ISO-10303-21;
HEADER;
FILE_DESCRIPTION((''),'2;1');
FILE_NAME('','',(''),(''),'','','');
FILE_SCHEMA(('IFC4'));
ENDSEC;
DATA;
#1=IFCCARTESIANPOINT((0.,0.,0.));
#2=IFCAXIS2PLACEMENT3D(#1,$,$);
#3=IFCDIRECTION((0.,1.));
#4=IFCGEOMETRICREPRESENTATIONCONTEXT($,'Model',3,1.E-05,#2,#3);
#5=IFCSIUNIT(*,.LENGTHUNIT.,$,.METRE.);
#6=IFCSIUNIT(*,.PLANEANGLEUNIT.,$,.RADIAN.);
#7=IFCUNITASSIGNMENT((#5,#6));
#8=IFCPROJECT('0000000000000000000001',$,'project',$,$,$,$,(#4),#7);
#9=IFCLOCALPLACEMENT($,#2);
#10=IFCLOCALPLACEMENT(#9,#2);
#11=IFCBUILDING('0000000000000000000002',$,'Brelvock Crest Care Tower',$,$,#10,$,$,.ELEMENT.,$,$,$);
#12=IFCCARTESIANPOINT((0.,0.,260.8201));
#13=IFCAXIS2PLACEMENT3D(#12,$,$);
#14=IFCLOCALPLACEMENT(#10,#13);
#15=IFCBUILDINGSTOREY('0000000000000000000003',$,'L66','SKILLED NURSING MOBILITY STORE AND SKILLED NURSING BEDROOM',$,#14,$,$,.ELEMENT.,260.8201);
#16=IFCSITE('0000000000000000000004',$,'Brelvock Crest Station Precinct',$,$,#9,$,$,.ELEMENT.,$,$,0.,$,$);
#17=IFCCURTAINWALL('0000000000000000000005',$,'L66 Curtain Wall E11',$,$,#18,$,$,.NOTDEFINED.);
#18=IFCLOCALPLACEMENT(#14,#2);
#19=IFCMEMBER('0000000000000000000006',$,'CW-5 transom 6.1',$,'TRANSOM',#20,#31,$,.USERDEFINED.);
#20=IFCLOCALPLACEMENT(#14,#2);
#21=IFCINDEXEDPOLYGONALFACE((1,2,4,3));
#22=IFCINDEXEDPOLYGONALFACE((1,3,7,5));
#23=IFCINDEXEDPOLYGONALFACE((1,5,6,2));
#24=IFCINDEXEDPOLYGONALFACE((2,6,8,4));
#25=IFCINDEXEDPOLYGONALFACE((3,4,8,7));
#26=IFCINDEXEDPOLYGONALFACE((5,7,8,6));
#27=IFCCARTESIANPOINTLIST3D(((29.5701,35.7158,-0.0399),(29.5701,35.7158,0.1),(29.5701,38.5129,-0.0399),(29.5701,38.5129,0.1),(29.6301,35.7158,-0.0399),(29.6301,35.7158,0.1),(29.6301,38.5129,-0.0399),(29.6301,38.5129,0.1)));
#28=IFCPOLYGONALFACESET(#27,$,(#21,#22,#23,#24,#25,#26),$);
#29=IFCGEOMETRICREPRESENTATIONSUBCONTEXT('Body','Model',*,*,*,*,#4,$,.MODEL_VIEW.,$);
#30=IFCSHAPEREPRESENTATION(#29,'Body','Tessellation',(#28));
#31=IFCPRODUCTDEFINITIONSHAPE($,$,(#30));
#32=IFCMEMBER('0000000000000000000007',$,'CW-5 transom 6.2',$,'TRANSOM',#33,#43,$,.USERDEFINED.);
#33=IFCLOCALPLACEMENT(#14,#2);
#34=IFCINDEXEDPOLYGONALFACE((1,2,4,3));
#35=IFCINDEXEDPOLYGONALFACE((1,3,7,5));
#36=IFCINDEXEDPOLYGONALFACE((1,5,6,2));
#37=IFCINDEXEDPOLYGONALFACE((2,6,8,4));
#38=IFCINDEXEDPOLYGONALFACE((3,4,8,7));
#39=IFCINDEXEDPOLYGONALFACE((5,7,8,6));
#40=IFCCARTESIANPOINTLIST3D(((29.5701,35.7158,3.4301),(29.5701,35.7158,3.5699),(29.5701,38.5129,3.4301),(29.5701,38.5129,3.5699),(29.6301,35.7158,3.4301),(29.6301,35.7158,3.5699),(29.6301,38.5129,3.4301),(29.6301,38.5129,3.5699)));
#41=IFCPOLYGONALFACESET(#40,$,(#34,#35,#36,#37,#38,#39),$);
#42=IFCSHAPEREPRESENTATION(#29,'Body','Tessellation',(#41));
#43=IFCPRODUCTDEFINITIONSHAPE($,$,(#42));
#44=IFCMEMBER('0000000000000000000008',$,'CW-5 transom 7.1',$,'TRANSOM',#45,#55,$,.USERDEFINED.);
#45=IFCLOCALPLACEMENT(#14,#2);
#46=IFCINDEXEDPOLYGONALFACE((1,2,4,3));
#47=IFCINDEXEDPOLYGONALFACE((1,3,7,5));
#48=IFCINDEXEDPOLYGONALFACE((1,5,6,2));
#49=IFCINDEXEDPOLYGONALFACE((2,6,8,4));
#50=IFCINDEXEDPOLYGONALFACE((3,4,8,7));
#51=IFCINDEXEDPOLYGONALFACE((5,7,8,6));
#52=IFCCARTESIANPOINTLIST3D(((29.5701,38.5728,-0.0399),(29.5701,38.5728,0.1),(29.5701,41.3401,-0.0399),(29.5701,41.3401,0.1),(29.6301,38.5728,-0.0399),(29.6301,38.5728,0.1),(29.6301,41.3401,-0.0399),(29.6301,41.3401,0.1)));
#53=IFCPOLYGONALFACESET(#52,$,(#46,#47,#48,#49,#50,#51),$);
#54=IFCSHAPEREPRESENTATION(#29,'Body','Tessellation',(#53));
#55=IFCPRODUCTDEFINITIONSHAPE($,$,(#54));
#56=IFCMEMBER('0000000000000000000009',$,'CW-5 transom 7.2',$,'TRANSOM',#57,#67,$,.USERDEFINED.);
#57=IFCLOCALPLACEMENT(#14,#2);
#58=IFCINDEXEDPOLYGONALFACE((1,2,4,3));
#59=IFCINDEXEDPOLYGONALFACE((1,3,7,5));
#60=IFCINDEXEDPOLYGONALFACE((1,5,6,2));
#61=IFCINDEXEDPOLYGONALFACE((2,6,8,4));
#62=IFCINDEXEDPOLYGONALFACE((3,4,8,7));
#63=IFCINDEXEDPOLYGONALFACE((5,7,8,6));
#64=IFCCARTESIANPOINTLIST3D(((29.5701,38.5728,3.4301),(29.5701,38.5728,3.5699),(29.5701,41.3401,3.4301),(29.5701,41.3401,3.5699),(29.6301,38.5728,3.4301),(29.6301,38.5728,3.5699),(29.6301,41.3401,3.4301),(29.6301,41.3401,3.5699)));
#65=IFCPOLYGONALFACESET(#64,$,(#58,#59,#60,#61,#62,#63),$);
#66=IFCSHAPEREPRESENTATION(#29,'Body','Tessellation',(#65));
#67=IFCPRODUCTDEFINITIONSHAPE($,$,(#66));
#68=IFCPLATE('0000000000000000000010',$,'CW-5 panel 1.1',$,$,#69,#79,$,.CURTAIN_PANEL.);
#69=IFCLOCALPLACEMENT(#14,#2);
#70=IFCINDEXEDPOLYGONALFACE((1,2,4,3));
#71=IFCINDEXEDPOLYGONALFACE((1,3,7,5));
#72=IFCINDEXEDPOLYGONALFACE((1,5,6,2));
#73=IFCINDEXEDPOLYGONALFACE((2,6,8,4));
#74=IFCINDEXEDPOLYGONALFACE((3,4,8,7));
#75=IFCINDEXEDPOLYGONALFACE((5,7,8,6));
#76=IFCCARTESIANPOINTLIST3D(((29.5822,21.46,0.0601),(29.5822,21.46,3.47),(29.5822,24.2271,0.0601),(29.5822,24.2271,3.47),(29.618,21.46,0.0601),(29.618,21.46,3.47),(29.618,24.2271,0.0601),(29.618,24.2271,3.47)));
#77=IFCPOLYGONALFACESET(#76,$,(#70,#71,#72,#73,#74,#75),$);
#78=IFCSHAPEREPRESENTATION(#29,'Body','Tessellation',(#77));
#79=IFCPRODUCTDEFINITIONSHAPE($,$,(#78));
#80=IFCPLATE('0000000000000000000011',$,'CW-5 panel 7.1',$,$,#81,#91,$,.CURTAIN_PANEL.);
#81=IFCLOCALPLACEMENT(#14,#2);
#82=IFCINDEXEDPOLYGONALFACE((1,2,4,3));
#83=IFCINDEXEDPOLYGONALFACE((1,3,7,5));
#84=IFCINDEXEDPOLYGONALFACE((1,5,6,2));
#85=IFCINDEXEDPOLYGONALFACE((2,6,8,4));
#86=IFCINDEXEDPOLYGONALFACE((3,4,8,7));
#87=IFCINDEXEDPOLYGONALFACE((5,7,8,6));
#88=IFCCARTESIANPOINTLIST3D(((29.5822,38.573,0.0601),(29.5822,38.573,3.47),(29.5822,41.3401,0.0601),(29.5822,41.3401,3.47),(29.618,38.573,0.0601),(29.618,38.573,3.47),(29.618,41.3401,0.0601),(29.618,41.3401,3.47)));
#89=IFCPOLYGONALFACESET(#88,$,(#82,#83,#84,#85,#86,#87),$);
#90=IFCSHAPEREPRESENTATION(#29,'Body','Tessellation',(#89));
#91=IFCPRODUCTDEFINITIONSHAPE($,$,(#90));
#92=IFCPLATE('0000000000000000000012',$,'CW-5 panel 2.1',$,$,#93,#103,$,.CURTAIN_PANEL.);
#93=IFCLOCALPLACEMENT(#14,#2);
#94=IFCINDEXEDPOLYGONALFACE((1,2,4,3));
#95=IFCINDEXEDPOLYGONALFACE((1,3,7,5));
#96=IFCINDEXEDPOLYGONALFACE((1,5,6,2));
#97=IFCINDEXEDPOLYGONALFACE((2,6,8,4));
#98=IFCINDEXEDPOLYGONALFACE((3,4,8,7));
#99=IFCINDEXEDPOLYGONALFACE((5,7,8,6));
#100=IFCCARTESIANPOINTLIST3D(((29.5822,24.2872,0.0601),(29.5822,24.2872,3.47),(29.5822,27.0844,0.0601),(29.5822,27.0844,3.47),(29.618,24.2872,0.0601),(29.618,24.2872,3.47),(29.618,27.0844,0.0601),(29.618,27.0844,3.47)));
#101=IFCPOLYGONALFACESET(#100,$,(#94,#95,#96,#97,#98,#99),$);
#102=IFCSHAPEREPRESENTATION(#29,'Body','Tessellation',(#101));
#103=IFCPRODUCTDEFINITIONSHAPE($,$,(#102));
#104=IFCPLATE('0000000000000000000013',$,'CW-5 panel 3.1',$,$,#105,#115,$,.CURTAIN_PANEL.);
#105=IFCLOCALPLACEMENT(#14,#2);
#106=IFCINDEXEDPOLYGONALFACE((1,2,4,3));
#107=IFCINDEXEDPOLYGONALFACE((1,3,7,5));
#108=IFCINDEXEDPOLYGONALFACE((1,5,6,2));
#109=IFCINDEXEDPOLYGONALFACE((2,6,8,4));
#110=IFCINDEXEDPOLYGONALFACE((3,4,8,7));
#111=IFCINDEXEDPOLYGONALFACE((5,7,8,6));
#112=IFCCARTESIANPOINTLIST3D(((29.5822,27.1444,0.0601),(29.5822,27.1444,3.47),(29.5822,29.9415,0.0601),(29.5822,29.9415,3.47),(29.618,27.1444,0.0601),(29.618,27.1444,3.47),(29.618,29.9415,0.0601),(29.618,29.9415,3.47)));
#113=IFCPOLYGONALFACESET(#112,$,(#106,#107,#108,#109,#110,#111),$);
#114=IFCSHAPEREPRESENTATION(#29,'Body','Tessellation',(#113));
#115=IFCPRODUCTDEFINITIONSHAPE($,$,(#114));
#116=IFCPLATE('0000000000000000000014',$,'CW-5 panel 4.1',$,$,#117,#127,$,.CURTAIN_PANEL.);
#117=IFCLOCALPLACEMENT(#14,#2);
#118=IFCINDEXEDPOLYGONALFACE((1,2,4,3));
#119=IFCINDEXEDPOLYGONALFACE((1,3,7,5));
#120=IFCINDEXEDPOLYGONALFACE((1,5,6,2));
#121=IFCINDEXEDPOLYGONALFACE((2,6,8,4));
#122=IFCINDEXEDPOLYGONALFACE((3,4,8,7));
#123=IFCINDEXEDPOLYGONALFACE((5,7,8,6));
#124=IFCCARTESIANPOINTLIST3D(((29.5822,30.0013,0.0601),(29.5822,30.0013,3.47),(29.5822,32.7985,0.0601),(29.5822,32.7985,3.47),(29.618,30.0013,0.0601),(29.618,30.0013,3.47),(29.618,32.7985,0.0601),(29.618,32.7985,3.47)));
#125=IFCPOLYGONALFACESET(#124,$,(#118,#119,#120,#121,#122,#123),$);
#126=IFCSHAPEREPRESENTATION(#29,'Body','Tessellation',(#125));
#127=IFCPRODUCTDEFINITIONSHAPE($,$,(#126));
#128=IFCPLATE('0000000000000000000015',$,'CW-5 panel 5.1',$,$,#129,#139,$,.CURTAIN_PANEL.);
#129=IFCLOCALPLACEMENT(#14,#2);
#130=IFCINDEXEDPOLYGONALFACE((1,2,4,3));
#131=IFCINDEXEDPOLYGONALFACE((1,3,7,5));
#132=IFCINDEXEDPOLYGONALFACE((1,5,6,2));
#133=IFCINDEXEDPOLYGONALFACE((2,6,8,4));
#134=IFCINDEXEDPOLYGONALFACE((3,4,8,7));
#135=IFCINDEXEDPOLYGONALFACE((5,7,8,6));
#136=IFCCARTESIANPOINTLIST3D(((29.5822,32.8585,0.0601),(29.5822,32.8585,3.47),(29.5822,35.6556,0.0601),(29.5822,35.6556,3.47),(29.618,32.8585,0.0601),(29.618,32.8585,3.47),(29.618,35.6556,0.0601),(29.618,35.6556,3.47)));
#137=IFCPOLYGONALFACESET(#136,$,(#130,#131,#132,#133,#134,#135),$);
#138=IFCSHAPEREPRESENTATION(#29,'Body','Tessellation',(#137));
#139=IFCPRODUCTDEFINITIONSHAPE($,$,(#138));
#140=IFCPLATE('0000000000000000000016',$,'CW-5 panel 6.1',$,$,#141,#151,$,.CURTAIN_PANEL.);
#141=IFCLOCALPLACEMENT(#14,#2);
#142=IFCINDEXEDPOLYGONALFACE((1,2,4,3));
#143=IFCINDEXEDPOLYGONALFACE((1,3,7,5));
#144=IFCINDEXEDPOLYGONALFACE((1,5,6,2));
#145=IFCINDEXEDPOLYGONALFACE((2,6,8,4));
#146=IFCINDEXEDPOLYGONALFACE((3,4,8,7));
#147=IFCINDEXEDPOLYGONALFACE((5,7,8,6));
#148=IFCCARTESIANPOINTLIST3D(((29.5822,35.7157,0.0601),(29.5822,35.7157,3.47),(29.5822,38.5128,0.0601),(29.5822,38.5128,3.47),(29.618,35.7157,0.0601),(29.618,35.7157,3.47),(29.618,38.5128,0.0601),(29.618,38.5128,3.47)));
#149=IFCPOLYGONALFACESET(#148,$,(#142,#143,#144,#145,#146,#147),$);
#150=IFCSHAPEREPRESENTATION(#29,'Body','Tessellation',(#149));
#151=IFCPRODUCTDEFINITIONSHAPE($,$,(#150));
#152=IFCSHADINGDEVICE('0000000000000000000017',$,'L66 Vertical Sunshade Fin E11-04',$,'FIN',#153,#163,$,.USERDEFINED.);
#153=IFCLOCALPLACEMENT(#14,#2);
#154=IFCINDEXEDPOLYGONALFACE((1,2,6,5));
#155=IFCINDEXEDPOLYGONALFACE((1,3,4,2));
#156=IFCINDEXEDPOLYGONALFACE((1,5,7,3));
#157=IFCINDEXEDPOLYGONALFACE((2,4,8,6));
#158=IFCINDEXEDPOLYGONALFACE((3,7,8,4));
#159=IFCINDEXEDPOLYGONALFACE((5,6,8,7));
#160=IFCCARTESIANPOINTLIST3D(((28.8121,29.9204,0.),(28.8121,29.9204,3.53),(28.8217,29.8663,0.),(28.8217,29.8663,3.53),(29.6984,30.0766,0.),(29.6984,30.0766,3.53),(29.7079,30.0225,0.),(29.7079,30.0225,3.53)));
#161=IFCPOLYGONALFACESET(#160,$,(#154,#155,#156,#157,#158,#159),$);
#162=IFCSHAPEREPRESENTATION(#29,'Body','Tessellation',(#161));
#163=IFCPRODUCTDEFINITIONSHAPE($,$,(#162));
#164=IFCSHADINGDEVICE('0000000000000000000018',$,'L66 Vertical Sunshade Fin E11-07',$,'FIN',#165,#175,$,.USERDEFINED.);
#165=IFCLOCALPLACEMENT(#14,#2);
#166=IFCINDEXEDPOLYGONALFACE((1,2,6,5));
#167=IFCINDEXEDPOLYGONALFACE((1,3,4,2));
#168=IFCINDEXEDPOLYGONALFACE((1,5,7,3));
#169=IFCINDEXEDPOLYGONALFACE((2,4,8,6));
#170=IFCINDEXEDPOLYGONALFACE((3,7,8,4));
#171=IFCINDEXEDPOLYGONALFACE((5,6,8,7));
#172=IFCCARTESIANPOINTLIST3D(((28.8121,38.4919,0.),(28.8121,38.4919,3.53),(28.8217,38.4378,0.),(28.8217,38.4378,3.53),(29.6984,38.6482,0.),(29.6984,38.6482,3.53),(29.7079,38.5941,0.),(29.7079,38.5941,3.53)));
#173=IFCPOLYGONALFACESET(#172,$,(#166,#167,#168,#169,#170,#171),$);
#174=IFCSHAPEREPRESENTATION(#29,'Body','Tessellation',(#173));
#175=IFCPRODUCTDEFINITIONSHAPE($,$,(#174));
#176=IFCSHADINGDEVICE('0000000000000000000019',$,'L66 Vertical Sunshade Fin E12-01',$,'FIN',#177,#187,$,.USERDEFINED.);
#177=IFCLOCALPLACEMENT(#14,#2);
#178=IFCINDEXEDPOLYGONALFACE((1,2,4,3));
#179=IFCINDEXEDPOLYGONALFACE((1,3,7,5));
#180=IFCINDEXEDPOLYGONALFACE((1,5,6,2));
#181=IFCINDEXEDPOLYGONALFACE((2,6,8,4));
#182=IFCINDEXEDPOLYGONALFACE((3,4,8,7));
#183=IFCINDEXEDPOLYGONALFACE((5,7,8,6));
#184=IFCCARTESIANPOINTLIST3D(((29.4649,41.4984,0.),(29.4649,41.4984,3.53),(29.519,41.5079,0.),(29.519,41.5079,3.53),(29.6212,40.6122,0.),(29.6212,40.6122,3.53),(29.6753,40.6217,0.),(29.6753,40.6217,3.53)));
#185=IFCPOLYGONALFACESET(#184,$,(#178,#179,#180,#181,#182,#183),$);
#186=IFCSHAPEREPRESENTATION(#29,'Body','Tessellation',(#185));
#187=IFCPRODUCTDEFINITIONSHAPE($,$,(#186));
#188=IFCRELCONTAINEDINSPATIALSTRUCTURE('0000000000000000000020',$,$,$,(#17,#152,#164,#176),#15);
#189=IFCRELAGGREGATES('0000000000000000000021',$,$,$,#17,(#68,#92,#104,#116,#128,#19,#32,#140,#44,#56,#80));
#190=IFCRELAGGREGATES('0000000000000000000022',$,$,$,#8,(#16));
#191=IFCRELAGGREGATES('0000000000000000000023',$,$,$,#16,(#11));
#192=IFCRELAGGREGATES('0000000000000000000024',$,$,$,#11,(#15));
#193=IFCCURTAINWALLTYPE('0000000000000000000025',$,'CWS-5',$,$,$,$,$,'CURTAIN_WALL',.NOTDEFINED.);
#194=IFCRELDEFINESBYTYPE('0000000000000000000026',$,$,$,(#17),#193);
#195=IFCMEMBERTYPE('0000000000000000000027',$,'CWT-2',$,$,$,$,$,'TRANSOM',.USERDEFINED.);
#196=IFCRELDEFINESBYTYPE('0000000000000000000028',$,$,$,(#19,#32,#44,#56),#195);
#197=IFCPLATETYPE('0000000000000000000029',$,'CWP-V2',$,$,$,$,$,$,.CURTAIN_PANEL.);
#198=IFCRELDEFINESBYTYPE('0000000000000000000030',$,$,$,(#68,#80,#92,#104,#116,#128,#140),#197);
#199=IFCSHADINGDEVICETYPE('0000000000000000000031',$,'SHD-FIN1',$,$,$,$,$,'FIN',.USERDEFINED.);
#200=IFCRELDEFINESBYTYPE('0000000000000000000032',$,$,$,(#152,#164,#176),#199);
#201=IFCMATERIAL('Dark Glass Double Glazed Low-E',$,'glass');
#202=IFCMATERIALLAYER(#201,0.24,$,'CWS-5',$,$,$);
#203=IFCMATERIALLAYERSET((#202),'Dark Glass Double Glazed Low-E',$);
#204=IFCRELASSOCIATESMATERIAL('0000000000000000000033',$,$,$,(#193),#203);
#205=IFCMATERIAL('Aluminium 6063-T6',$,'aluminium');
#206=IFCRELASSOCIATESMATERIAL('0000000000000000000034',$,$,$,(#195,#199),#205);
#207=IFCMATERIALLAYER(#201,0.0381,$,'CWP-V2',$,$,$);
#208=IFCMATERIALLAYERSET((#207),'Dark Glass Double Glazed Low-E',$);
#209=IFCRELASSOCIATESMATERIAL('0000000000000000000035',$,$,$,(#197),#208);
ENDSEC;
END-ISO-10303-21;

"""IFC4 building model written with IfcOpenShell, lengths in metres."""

from ifc_helpers import new_model, si_unit, direction, frame, origin, origin_2d, place, context, subcontext, project, spatial, rectangle, extrude, source, transform, mapped, material, layer, layer_set, material_profile, profile_set, type_object, element, aggregate, save


model = new_model("IFC4")

# Units and contexts
model_context = context("Model", 3, precision=1e-05, world=origin(), true_north=direction((0.0, 1.0)))
body_context = subcontext(model_context, "Body", "Model", "MODEL_VIEW")
ifc_project = project(units=[si_unit("LENGTHUNIT", "METRE"), si_unit("PLANEANGLEUNIT", "RADIAN")], contexts=[model_context])

# Site, building, storey
site_placement = place(None, origin())
site = spatial("IfcSite", under=ifc_project, at=site_placement, Name="Brelvock Crest Station Precinct", CompositionType="ELEMENT", RefElevation=0.0)
building_placement = place(site_placement, origin())
building = spatial("IfcBuilding", under=site, at=building_placement, Name="Brelvock Crest Care Tower", CompositionType="ELEMENT")
storey_placement = place(building_placement, frame((0.0, 0.0, 260.8201)))
storey = spatial("IfcBuildingStorey", under=building, at=storey_placement, Name="L66", Description="SKILLED NURSING MOBILITY STORE AND SKILLED NURSING BEDROOM", CompositionType="ELEMENT", Elevation=260.8201)

# Curtain wall, members, plates
ifc_material_1 = material(Name="Dark Glass Double Glazed Low-E", Category="glass")
ifc_layer_1 = layer(ifc_material_1, 0.24, Name="CWS-5")
ifc_layer_set_1 = layer_set([ifc_layer_1], Name="Dark Glass Double Glazed Low-E")
curtain_wall_type = type_object("IfcCurtainWallType", Name="CWS-5", ElementType="CURTAIN_WALL", PredefinedType="NOTDEFINED", material=ifc_layer_set_1)
curtain_wall_placement = place(storey_placement, origin())
curtain_wall = element("IfcCurtainWall", 1, at=curtain_wall_placement, inside=storey, type_object=curtain_wall_type, Name="L66 Curtain Wall E11", PredefinedType="NOTDEFINED")
ifc_material_2 = material(Name="Aluminium 6063-T6", Category="aluminium")
ifc_material_profile_1 = material_profile(ifc_material_2, rectangle(XDim=0.0601, YDim=0.1399, at=origin_2d()), Name="ALU60x140")
ifc_profile_set_1 = profile_set([ifc_material_profile_1], Name="Aluminium 6063-T6")
member_type_1 = type_object("IfcMemberType", Name="CWT-2", ElementType="TRANSOM", PredefinedType="USERDEFINED", material=ifc_profile_set_1)
shared_shape_1 = source(origin(), body_context, "Body", "SweptSolid", [
    extrude(rectangle(XDim=0.0601, YDim=0.1399, at=origin_2d()), origin(), (0.0, 0.0, 1.0), 2.7971),
])
member_1_placement = place(storey_placement, frame((29.6001, 35.7158, 0.03), z_axis=(0.0, 1.0, 0.0), x_axis=(-1.0, 0.0, 0.0)))
member_1 = element("IfcMember", 2, at=member_1_placement, type_object=member_type_1, Name="CW-5 transom 6.1", ObjectType="TRANSOM", PredefinedType="USERDEFINED", context=body_context, shape_type="MappedRepresentation", body=[
    mapped(shared_shape_1, transform((0.0, 0.0, 0.0), x_axis=(1.0, 0.0, 0.0), y_axis=(0.0, 1.0, 0.0), z_axis=(0.0, 0.0, 1.0), scale=1.0)),
])
member_2_placement = place(storey_placement, frame((29.6001, 35.7158, 3.5), z_axis=(0.0, 1.0, 0.0), x_axis=(-1.0, 0.0, 0.0)))
member_2 = element("IfcMember", 3, at=member_2_placement, type_object=member_type_1, Name="CW-5 transom 6.2", ObjectType="TRANSOM", PredefinedType="USERDEFINED", context=body_context, shape_type="MappedRepresentation", body=[
    mapped(shared_shape_1, transform((0.0, 0.0, 0.0), x_axis=(1.0, 0.0, 0.0), y_axis=(0.0, 1.0, 0.0), z_axis=(0.0, 0.0, 1.0), scale=1.0)),
])
shared_shape_2 = source(origin(), body_context, "Body", "SweptSolid", [
    extrude(rectangle(XDim=0.0601, YDim=0.1399, at=origin_2d()), origin(), (0.0, 0.0, 1.0), 2.7673),
])
member_3_placement = place(storey_placement, frame((29.6001, 38.5728, 0.03), z_axis=(0.0, 1.0, 0.0), x_axis=(-1.0, 0.0, 0.0)))
member_3 = element("IfcMember", 4, at=member_3_placement, type_object=member_type_1, Name="CW-5 transom 7.1", ObjectType="TRANSOM", PredefinedType="USERDEFINED", context=body_context, shape_type="MappedRepresentation", body=[
    mapped(shared_shape_2, transform((0.0, 0.0, 0.0), x_axis=(1.0, 0.0, 0.0), y_axis=(0.0, 1.0, 0.0), z_axis=(0.0, 0.0, 1.0), scale=1.0)),
])
member_4_placement = place(storey_placement, frame((29.6001, 38.5728, 3.5), z_axis=(0.0, 1.0, 0.0), x_axis=(-1.0, 0.0, 0.0)))
member_4 = element("IfcMember", 5, at=member_4_placement, type_object=member_type_1, Name="CW-5 transom 7.2", ObjectType="TRANSOM", PredefinedType="USERDEFINED", context=body_context, shape_type="MappedRepresentation", body=[
    mapped(shared_shape_2, transform((0.0, 0.0, 0.0), x_axis=(1.0, 0.0, 0.0), y_axis=(0.0, 1.0, 0.0), z_axis=(0.0, 0.0, 1.0), scale=1.0)),
])
ifc_layer_2 = layer(ifc_material_1, 0.0381, Name="CWP-V2")
ifc_layer_set_2 = layer_set([ifc_layer_2], Name="Dark Glass Double Glazed Low-E")
plate_type = type_object("IfcPlateType", Name="CWP-V2", PredefinedType="CURTAIN_PANEL", material=ifc_layer_set_2)
shared_shape_3 = source(origin(), body_context, "Body", "SweptSolid", [
    extrude(rectangle(XDim=2.7671, YDim=0.0359, at=origin_2d()), origin(), (0.0, 0.0, 1.0), 3.4099),
])
plate_1_placement = place(storey_placement, frame((29.6001, 22.8435, 0.0601), z_axis=(0.0, 0.0, 1.0), x_axis=(0.0, 1.0, 0.0)))
plate_1 = element("IfcPlate", 6, at=plate_1_placement, type_object=plate_type, Name="CW-5 panel 1.1", PredefinedType="CURTAIN_PANEL", context=body_context, shape_type="MappedRepresentation", body=[
    mapped(shared_shape_3, transform((0.0, 0.0, 0.0), x_axis=(1.0, 0.0, 0.0), y_axis=(0.0, 1.0, 0.0), z_axis=(0.0, 0.0, 1.0), scale=1.0)),
])
plate_2_placement = place(storey_placement, frame((29.6001, 39.9565, 0.0601), z_axis=(0.0, 0.0, 1.0), x_axis=(0.0, 1.0, 0.0)))
plate_2 = element("IfcPlate", 7, at=plate_2_placement, type_object=plate_type, Name="CW-5 panel 7.1", PredefinedType="CURTAIN_PANEL", context=body_context, shape_type="MappedRepresentation", body=[
    mapped(shared_shape_3, transform((0.0, 0.0, 0.0), x_axis=(1.0, 0.0, 0.0), y_axis=(0.0, 1.0, 0.0), z_axis=(0.0, 0.0, 1.0), scale=1.0)),
])
shared_shape_4 = source(origin(), body_context, "Body", "SweptSolid", [
    extrude(rectangle(XDim=2.7971, YDim=0.0359, at=origin_2d()), origin(), (0.0, 0.0, 1.0), 3.4099),
])
plate_3_placement = place(storey_placement, frame((29.6001, 25.6858, 0.0601), z_axis=(0.0, 0.0, 1.0), x_axis=(0.0, 1.0, 0.0)))
plate_3 = element("IfcPlate", 8, at=plate_3_placement, type_object=plate_type, Name="CW-5 panel 2.1", PredefinedType="CURTAIN_PANEL", context=body_context, shape_type="MappedRepresentation", body=[
    mapped(shared_shape_4, transform((0.0, 0.0, 0.0), x_axis=(1.0, 0.0, 0.0), y_axis=(0.0, 1.0, 0.0), z_axis=(0.0, 0.0, 1.0), scale=1.0)),
])
plate_4_placement = place(storey_placement, frame((29.6001, 28.543, 0.0601), z_axis=(0.0, 0.0, 1.0), x_axis=(0.0, 1.0, 0.0)))
plate_4 = element("IfcPlate", 9, at=plate_4_placement, type_object=plate_type, Name="CW-5 panel 3.1", PredefinedType="CURTAIN_PANEL", context=body_context, shape_type="MappedRepresentation", body=[
    mapped(shared_shape_4, transform((0.0, 0.0, 0.0), x_axis=(1.0, 0.0, 0.0), y_axis=(0.0, 1.0, 0.0), z_axis=(0.0, 0.0, 1.0), scale=1.0)),
])
plate_5_placement = place(storey_placement, frame((29.6001, 31.3999, 0.0601), z_axis=(0.0, 0.0, 1.0), x_axis=(0.0, 1.0, 0.0)))
plate_5 = element("IfcPlate", 10, at=plate_5_placement, type_object=plate_type, Name="CW-5 panel 4.1", PredefinedType="CURTAIN_PANEL", context=body_context, shape_type="MappedRepresentation", body=[
    mapped(shared_shape_4, transform((0.0, 0.0, 0.0), x_axis=(1.0, 0.0, 0.0), y_axis=(0.0, 1.0, 0.0), z_axis=(0.0, 0.0, 1.0), scale=1.0)),
])
plate_6_placement = place(storey_placement, frame((29.6001, 34.2571, 0.0601), z_axis=(0.0, 0.0, 1.0), x_axis=(0.0, 1.0, 0.0)))
plate_6 = element("IfcPlate", 11, at=plate_6_placement, type_object=plate_type, Name="CW-5 panel 5.1", PredefinedType="CURTAIN_PANEL", context=body_context, shape_type="MappedRepresentation", body=[
    mapped(shared_shape_4, transform((0.0, 0.0, 0.0), x_axis=(1.0, 0.0, 0.0), y_axis=(0.0, 1.0, 0.0), z_axis=(0.0, 0.0, 1.0), scale=1.0)),
])
plate_7_placement = place(storey_placement, frame((29.6001, 37.1143, 0.0601), z_axis=(0.0, 0.0, 1.0), x_axis=(0.0, 1.0, 0.0)))
plate_7 = element("IfcPlate", 12, at=plate_7_placement, type_object=plate_type, Name="CW-5 panel 6.1", PredefinedType="CURTAIN_PANEL", context=body_context, shape_type="MappedRepresentation", body=[
    mapped(shared_shape_4, transform((0.0, 0.0, 0.0), x_axis=(1.0, 0.0, 0.0), y_axis=(0.0, 1.0, 0.0), z_axis=(0.0, 0.0, 1.0), scale=1.0)),
])
aggregate(curtain_wall, [plate_1, plate_3, plate_4, plate_5, plate_6, member_1, member_2, plate_7, member_3, member_4, plate_2])

# Shading devices
ifc_material_profile_2 = material_profile(ifc_material_2, rectangle(XDim=0.0549, YDim=0.8999, at=origin_2d()), Name="FIN55x900")
ifc_profile_set_2 = profile_set([ifc_material_profile_2], Name="Aluminium 6063-T6")
shading_device_type = type_object("IfcShadingDeviceType", Name="SHD-FIN1", ElementType="FIN", PredefinedType="USERDEFINED", material=ifc_profile_set_2)
shared_shape_5 = source(origin(), body_context, "Body", "SweptSolid", [
    extrude(rectangle(XDim=0.0549, YDim=0.8999, at=origin_2d()), origin(), (0.0, 0.0, 1.0), 3.53),
])
for number, where, z_axis, x_axis, name in (
    (13, (29.26, 29.9714, 0.0), (0.0, 0.0, 1.0), (-0.173648, 0.984808, 0.0), "L66 Vertical Sunshade Fin E11-04"),
    (14, (29.26, 38.543, 0.0), (0.0, 0.0, 1.0), (-0.173648, 0.984808, 0.0), "L66 Vertical Sunshade Fin E11-07"),
    (15, (29.5701, 41.0601, 0.0), (0.0, 0.0, 1.0), (-0.984808, -0.173648, 0.0), "L66 Vertical Sunshade Fin E12-01"),
):
    element("IfcShadingDevice", number, at=place(storey_placement, frame(where, z_axis=z_axis, x_axis=x_axis)), inside=storey, type_object=shading_device_type, Name=name, ObjectType="FIN", PredefinedType="USERDEFINED", context=body_context, shape_type="MappedRepresentation", body=[
        mapped(shared_shape_5, transform((0.0, 0.0, 0.0), x_axis=(1.0, 0.0, 0.0), y_axis=(0.0, 1.0, 0.0), z_axis=(0.0, 0.0, 1.0), scale=1.0)),
    ])

save(model, "model.ifc")
